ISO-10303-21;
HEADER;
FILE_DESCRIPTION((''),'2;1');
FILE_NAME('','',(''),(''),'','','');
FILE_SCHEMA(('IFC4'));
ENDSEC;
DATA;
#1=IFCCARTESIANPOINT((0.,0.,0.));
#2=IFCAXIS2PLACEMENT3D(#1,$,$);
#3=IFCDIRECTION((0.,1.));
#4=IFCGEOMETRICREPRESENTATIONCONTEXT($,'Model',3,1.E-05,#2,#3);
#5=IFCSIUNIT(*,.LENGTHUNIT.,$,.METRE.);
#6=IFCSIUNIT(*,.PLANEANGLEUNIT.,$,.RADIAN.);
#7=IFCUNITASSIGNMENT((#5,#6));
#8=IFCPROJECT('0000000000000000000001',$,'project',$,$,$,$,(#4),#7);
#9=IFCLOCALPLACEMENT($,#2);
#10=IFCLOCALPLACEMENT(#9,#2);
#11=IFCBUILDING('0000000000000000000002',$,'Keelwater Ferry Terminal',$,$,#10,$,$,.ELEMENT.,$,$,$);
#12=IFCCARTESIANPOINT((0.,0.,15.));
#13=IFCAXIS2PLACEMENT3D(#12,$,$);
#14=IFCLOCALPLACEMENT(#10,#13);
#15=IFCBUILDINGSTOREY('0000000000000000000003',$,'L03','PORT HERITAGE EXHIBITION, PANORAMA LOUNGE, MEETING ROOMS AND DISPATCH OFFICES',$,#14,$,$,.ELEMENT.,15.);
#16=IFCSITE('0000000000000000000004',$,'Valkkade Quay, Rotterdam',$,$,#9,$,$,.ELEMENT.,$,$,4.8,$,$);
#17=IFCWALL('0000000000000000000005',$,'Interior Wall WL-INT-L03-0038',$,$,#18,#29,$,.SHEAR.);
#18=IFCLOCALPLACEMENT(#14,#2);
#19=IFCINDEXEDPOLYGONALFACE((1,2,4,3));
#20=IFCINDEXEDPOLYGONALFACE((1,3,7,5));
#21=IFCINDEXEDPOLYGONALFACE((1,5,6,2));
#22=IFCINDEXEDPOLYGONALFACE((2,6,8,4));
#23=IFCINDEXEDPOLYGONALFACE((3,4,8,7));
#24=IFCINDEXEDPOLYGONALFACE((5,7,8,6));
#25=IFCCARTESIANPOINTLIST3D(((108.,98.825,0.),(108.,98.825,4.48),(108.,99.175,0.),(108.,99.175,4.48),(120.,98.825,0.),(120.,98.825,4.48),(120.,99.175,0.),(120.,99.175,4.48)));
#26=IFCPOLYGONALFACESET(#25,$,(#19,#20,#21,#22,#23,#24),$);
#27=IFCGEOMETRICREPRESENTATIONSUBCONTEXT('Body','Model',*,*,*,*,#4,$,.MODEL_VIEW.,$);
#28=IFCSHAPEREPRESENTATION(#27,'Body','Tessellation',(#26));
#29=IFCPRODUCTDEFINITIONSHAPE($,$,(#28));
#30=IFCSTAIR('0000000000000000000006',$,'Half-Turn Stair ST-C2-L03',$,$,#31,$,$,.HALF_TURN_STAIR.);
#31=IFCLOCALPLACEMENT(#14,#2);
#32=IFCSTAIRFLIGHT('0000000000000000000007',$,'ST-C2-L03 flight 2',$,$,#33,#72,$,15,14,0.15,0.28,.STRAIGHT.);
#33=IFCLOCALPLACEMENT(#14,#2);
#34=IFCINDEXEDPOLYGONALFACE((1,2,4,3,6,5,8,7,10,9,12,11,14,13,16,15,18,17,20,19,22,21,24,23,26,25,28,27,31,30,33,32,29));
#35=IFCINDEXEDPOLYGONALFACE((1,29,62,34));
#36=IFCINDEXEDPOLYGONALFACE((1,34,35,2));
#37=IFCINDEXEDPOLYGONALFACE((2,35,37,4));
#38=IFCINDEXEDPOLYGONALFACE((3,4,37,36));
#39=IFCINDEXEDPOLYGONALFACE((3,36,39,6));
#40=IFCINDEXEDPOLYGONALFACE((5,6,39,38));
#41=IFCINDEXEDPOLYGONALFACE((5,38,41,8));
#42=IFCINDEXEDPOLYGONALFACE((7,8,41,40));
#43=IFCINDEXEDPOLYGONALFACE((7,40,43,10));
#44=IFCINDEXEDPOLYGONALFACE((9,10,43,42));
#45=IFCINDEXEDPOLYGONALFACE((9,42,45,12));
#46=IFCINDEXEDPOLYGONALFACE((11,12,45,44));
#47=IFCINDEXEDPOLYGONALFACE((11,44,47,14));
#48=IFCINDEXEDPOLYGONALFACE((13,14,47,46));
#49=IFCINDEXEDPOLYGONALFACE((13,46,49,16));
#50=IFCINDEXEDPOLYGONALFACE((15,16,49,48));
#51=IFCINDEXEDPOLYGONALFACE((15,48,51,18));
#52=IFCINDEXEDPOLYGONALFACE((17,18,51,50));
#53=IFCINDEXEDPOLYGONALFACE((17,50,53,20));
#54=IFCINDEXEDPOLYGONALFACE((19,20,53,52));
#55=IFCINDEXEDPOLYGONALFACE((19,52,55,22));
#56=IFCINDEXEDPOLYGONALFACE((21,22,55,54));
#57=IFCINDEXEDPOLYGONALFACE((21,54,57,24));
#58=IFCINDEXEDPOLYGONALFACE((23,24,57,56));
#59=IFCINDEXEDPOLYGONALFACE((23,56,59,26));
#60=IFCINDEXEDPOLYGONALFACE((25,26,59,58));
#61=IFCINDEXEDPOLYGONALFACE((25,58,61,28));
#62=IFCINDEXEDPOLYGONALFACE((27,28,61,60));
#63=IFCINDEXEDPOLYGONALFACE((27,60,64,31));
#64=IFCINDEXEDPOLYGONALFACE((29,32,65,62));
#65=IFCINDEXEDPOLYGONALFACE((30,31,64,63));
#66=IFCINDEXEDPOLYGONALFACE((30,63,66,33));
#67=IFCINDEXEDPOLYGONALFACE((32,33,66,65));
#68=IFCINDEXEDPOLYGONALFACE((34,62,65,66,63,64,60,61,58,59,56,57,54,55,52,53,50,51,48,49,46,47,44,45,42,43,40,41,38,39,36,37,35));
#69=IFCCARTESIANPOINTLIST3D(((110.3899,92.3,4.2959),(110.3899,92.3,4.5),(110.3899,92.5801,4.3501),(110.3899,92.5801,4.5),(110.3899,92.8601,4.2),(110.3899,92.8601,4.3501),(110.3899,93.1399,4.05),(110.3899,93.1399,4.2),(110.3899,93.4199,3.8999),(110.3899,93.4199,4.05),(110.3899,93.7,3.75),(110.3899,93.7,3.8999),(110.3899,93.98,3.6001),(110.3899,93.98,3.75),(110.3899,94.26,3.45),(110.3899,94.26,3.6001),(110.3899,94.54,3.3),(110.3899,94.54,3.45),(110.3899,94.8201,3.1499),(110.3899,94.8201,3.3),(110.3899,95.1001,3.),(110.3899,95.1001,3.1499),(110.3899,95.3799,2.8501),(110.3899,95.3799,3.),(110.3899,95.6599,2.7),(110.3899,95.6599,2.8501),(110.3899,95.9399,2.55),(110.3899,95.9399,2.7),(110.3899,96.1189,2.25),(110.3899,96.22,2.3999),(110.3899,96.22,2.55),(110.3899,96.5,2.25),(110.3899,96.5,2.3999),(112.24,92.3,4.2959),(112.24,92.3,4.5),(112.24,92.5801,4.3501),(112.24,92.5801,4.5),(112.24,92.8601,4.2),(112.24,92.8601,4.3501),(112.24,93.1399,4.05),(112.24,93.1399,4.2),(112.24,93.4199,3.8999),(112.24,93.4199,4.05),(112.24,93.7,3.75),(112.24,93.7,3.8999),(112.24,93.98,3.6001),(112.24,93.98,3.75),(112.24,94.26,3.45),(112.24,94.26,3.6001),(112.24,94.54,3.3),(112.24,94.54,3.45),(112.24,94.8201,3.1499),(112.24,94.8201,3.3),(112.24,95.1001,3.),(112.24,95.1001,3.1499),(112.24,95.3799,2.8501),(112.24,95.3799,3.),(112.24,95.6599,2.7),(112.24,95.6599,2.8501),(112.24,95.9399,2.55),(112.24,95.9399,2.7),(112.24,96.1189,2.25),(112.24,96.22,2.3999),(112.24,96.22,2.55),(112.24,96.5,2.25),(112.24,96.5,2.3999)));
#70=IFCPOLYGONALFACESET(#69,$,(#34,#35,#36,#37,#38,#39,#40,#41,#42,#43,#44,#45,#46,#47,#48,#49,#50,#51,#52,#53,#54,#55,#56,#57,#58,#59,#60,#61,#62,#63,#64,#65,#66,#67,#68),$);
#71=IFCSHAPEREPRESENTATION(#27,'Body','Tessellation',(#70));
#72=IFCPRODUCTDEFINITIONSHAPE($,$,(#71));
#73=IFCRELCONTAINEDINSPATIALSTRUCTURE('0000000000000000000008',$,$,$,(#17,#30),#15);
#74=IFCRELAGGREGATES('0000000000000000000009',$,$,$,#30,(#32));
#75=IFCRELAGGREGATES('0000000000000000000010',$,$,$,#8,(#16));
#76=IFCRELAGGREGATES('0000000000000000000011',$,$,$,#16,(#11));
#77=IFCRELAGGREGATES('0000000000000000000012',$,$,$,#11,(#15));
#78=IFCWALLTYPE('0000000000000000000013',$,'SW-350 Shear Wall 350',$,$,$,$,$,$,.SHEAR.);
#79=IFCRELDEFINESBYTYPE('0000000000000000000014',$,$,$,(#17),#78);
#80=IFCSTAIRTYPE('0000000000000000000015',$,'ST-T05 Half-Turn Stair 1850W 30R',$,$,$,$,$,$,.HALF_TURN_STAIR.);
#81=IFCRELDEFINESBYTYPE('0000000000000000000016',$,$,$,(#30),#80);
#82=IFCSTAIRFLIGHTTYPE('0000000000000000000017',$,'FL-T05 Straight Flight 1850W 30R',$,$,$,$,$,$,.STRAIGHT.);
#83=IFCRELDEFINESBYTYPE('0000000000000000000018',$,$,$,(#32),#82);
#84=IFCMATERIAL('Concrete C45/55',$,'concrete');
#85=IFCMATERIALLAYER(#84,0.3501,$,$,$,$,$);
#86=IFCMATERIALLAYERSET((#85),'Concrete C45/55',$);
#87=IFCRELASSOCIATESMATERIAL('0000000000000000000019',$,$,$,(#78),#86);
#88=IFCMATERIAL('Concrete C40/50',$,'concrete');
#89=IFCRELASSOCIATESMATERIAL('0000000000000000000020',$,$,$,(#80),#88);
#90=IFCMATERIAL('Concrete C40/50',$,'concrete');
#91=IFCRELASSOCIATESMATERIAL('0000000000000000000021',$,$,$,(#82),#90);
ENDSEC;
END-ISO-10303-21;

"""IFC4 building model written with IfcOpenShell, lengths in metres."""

from ifc_helpers import new_model, si_unit, direction, frame, frame_2d, origin, place, context, subcontext, project, spatial, polyline, rectangle, outline, extrude, material, layer, layer_set, type_object, element, aggregate, save


model = new_model("IFC4")

# Units and contexts
model_context = context("Model", 3, precision=1e-05, world=origin(), true_north=direction((0.0, 1.0)))
body_context = subcontext(model_context, "Body", "Model", "MODEL_VIEW")
ifc_project = project(units=[si_unit("LENGTHUNIT", "METRE"), si_unit("PLANEANGLEUNIT", "RADIAN")], contexts=[model_context])

# Site, building, storey
site_placement = place(None, origin())
site = spatial("IfcSite", under=ifc_project, at=site_placement, Name="Valkkade Quay, Rotterdam", CompositionType="ELEMENT", RefElevation=4.8)
building_placement = place(site_placement, origin())
building = spatial("IfcBuilding", under=site, at=building_placement, Name="Keelwater Ferry Terminal", CompositionType="ELEMENT")
storey_placement = place(building_placement, frame((0.0, 0.0, 15.0)))
storey = spatial("IfcBuildingStorey", under=building, at=storey_placement, Name="L03", Description="PORT HERITAGE EXHIBITION, PANORAMA LOUNGE, MEETING ROOMS AND DISPATCH OFFICES", CompositionType="ELEMENT", Elevation=15.0)

# Wall
ifc_material_1 = material(Name="Concrete C45/55", Category="concrete")
ifc_layer_1 = layer(ifc_material_1, 0.3501)
ifc_layer_set_1 = layer_set([ifc_layer_1], Name="Concrete C45/55")
wall_type_1 = type_object("IfcWallType", Name="SW-350 Shear Wall 350", PredefinedType="SHEAR", material=ifc_layer_set_1)
wall_1_placement = place(storey_placement, frame((108.0, 99.0, 0.0), z_axis=(0.0, 0.0, 1.0), x_axis=(1.0, 0.0, 0.0)))
element("IfcWall", 1, at=wall_1_placement, inside=storey, type_object=wall_type_1, Name="Interior Wall WL-INT-L03-0038", PredefinedType="SHEAR", context=body_context, shape_type="SweptSolid", body=[
    extrude(rectangle(XDim=12.0, YDim=0.3501, at=frame_2d((6.0, 0.0))), origin(), (0.0, 0.0, 1.0), 4.48),
])

# Stair, stair flight
ifc_material_2 = material(Name="Concrete C40/50", Category="concrete")
stair_type = type_object("IfcStairType", Name="ST-T05 Half-Turn Stair 1850W 30R", PredefinedType="HALF_TURN_STAIR", material=ifc_material_2)
stair_placement = place(storey_placement, origin())
stair = element("IfcStair", 2, at=stair_placement, inside=storey, type_object=stair_type, Name="Half-Turn Stair ST-C2-L03", PredefinedType="HALF_TURN_STAIR")
ifc_material_3 = material(Name="Concrete C40/50", Category="concrete")
stair_flight_type = type_object("IfcStairFlightType", Name="FL-T05 Straight Flight 1850W 30R", PredefinedType="STRAIGHT", material=ifc_material_3)
stair_flight_placement = place(storey_placement, frame((111.3149, 96.5, 2.25), z_axis=(0.0, 0.0, 1.0), x_axis=(0.0, -1.0, 0.0)))
stair_flight = element("IfcStairFlight", 3, at=stair_flight_placement, type_object=stair_flight_type, Name="ST-C2-L03 flight 2", NumberOfRisers=15, NumberOfTreads=14, PredefinedType="STRAIGHT", RiserHeight=0.15, TreadLength=0.28, context=body_context, shape_type="SweptSolid", body=[
    extrude(outline(polyline([(0.0, 0.0), (0.0, 0.1499), (0.28, 0.1499), (0.28, 0.3), (0.5601, 0.3), (0.5601, 0.45), (0.8401, 0.45), (0.8401, 0.6001), (1.1201, 0.6001), (1.1201, 0.75), (1.3999, 0.75), (1.3999, 0.8999), (1.6799, 0.8999), (1.6799, 1.05), (1.96, 1.05), (1.96, 1.2), (2.24, 1.2), (2.24, 1.3501), (2.52, 1.3501), (2.52, 1.5), (2.8, 1.5), (2.8, 1.6499), (3.0801, 1.6499), (3.0801, 1.8), (3.3601, 1.8), (3.3601, 1.95), (3.6399, 1.95), (3.6399, 2.1001), (3.9199, 2.1001), (3.9199, 2.25), (4.2, 2.25), (4.2, 2.0459), (0.3811, 0.0), (0.0, 0.0)])), frame((0.0, 0.925, 0.0), z_axis=(0.0, -1.0, 0.0), x_axis=(1.0, 0.0, 0.0)), (0.0, 0.0, 1.0), 1.8501),
])
aggregate(stair, [stair_flight])

save(model, "model.ifc")
